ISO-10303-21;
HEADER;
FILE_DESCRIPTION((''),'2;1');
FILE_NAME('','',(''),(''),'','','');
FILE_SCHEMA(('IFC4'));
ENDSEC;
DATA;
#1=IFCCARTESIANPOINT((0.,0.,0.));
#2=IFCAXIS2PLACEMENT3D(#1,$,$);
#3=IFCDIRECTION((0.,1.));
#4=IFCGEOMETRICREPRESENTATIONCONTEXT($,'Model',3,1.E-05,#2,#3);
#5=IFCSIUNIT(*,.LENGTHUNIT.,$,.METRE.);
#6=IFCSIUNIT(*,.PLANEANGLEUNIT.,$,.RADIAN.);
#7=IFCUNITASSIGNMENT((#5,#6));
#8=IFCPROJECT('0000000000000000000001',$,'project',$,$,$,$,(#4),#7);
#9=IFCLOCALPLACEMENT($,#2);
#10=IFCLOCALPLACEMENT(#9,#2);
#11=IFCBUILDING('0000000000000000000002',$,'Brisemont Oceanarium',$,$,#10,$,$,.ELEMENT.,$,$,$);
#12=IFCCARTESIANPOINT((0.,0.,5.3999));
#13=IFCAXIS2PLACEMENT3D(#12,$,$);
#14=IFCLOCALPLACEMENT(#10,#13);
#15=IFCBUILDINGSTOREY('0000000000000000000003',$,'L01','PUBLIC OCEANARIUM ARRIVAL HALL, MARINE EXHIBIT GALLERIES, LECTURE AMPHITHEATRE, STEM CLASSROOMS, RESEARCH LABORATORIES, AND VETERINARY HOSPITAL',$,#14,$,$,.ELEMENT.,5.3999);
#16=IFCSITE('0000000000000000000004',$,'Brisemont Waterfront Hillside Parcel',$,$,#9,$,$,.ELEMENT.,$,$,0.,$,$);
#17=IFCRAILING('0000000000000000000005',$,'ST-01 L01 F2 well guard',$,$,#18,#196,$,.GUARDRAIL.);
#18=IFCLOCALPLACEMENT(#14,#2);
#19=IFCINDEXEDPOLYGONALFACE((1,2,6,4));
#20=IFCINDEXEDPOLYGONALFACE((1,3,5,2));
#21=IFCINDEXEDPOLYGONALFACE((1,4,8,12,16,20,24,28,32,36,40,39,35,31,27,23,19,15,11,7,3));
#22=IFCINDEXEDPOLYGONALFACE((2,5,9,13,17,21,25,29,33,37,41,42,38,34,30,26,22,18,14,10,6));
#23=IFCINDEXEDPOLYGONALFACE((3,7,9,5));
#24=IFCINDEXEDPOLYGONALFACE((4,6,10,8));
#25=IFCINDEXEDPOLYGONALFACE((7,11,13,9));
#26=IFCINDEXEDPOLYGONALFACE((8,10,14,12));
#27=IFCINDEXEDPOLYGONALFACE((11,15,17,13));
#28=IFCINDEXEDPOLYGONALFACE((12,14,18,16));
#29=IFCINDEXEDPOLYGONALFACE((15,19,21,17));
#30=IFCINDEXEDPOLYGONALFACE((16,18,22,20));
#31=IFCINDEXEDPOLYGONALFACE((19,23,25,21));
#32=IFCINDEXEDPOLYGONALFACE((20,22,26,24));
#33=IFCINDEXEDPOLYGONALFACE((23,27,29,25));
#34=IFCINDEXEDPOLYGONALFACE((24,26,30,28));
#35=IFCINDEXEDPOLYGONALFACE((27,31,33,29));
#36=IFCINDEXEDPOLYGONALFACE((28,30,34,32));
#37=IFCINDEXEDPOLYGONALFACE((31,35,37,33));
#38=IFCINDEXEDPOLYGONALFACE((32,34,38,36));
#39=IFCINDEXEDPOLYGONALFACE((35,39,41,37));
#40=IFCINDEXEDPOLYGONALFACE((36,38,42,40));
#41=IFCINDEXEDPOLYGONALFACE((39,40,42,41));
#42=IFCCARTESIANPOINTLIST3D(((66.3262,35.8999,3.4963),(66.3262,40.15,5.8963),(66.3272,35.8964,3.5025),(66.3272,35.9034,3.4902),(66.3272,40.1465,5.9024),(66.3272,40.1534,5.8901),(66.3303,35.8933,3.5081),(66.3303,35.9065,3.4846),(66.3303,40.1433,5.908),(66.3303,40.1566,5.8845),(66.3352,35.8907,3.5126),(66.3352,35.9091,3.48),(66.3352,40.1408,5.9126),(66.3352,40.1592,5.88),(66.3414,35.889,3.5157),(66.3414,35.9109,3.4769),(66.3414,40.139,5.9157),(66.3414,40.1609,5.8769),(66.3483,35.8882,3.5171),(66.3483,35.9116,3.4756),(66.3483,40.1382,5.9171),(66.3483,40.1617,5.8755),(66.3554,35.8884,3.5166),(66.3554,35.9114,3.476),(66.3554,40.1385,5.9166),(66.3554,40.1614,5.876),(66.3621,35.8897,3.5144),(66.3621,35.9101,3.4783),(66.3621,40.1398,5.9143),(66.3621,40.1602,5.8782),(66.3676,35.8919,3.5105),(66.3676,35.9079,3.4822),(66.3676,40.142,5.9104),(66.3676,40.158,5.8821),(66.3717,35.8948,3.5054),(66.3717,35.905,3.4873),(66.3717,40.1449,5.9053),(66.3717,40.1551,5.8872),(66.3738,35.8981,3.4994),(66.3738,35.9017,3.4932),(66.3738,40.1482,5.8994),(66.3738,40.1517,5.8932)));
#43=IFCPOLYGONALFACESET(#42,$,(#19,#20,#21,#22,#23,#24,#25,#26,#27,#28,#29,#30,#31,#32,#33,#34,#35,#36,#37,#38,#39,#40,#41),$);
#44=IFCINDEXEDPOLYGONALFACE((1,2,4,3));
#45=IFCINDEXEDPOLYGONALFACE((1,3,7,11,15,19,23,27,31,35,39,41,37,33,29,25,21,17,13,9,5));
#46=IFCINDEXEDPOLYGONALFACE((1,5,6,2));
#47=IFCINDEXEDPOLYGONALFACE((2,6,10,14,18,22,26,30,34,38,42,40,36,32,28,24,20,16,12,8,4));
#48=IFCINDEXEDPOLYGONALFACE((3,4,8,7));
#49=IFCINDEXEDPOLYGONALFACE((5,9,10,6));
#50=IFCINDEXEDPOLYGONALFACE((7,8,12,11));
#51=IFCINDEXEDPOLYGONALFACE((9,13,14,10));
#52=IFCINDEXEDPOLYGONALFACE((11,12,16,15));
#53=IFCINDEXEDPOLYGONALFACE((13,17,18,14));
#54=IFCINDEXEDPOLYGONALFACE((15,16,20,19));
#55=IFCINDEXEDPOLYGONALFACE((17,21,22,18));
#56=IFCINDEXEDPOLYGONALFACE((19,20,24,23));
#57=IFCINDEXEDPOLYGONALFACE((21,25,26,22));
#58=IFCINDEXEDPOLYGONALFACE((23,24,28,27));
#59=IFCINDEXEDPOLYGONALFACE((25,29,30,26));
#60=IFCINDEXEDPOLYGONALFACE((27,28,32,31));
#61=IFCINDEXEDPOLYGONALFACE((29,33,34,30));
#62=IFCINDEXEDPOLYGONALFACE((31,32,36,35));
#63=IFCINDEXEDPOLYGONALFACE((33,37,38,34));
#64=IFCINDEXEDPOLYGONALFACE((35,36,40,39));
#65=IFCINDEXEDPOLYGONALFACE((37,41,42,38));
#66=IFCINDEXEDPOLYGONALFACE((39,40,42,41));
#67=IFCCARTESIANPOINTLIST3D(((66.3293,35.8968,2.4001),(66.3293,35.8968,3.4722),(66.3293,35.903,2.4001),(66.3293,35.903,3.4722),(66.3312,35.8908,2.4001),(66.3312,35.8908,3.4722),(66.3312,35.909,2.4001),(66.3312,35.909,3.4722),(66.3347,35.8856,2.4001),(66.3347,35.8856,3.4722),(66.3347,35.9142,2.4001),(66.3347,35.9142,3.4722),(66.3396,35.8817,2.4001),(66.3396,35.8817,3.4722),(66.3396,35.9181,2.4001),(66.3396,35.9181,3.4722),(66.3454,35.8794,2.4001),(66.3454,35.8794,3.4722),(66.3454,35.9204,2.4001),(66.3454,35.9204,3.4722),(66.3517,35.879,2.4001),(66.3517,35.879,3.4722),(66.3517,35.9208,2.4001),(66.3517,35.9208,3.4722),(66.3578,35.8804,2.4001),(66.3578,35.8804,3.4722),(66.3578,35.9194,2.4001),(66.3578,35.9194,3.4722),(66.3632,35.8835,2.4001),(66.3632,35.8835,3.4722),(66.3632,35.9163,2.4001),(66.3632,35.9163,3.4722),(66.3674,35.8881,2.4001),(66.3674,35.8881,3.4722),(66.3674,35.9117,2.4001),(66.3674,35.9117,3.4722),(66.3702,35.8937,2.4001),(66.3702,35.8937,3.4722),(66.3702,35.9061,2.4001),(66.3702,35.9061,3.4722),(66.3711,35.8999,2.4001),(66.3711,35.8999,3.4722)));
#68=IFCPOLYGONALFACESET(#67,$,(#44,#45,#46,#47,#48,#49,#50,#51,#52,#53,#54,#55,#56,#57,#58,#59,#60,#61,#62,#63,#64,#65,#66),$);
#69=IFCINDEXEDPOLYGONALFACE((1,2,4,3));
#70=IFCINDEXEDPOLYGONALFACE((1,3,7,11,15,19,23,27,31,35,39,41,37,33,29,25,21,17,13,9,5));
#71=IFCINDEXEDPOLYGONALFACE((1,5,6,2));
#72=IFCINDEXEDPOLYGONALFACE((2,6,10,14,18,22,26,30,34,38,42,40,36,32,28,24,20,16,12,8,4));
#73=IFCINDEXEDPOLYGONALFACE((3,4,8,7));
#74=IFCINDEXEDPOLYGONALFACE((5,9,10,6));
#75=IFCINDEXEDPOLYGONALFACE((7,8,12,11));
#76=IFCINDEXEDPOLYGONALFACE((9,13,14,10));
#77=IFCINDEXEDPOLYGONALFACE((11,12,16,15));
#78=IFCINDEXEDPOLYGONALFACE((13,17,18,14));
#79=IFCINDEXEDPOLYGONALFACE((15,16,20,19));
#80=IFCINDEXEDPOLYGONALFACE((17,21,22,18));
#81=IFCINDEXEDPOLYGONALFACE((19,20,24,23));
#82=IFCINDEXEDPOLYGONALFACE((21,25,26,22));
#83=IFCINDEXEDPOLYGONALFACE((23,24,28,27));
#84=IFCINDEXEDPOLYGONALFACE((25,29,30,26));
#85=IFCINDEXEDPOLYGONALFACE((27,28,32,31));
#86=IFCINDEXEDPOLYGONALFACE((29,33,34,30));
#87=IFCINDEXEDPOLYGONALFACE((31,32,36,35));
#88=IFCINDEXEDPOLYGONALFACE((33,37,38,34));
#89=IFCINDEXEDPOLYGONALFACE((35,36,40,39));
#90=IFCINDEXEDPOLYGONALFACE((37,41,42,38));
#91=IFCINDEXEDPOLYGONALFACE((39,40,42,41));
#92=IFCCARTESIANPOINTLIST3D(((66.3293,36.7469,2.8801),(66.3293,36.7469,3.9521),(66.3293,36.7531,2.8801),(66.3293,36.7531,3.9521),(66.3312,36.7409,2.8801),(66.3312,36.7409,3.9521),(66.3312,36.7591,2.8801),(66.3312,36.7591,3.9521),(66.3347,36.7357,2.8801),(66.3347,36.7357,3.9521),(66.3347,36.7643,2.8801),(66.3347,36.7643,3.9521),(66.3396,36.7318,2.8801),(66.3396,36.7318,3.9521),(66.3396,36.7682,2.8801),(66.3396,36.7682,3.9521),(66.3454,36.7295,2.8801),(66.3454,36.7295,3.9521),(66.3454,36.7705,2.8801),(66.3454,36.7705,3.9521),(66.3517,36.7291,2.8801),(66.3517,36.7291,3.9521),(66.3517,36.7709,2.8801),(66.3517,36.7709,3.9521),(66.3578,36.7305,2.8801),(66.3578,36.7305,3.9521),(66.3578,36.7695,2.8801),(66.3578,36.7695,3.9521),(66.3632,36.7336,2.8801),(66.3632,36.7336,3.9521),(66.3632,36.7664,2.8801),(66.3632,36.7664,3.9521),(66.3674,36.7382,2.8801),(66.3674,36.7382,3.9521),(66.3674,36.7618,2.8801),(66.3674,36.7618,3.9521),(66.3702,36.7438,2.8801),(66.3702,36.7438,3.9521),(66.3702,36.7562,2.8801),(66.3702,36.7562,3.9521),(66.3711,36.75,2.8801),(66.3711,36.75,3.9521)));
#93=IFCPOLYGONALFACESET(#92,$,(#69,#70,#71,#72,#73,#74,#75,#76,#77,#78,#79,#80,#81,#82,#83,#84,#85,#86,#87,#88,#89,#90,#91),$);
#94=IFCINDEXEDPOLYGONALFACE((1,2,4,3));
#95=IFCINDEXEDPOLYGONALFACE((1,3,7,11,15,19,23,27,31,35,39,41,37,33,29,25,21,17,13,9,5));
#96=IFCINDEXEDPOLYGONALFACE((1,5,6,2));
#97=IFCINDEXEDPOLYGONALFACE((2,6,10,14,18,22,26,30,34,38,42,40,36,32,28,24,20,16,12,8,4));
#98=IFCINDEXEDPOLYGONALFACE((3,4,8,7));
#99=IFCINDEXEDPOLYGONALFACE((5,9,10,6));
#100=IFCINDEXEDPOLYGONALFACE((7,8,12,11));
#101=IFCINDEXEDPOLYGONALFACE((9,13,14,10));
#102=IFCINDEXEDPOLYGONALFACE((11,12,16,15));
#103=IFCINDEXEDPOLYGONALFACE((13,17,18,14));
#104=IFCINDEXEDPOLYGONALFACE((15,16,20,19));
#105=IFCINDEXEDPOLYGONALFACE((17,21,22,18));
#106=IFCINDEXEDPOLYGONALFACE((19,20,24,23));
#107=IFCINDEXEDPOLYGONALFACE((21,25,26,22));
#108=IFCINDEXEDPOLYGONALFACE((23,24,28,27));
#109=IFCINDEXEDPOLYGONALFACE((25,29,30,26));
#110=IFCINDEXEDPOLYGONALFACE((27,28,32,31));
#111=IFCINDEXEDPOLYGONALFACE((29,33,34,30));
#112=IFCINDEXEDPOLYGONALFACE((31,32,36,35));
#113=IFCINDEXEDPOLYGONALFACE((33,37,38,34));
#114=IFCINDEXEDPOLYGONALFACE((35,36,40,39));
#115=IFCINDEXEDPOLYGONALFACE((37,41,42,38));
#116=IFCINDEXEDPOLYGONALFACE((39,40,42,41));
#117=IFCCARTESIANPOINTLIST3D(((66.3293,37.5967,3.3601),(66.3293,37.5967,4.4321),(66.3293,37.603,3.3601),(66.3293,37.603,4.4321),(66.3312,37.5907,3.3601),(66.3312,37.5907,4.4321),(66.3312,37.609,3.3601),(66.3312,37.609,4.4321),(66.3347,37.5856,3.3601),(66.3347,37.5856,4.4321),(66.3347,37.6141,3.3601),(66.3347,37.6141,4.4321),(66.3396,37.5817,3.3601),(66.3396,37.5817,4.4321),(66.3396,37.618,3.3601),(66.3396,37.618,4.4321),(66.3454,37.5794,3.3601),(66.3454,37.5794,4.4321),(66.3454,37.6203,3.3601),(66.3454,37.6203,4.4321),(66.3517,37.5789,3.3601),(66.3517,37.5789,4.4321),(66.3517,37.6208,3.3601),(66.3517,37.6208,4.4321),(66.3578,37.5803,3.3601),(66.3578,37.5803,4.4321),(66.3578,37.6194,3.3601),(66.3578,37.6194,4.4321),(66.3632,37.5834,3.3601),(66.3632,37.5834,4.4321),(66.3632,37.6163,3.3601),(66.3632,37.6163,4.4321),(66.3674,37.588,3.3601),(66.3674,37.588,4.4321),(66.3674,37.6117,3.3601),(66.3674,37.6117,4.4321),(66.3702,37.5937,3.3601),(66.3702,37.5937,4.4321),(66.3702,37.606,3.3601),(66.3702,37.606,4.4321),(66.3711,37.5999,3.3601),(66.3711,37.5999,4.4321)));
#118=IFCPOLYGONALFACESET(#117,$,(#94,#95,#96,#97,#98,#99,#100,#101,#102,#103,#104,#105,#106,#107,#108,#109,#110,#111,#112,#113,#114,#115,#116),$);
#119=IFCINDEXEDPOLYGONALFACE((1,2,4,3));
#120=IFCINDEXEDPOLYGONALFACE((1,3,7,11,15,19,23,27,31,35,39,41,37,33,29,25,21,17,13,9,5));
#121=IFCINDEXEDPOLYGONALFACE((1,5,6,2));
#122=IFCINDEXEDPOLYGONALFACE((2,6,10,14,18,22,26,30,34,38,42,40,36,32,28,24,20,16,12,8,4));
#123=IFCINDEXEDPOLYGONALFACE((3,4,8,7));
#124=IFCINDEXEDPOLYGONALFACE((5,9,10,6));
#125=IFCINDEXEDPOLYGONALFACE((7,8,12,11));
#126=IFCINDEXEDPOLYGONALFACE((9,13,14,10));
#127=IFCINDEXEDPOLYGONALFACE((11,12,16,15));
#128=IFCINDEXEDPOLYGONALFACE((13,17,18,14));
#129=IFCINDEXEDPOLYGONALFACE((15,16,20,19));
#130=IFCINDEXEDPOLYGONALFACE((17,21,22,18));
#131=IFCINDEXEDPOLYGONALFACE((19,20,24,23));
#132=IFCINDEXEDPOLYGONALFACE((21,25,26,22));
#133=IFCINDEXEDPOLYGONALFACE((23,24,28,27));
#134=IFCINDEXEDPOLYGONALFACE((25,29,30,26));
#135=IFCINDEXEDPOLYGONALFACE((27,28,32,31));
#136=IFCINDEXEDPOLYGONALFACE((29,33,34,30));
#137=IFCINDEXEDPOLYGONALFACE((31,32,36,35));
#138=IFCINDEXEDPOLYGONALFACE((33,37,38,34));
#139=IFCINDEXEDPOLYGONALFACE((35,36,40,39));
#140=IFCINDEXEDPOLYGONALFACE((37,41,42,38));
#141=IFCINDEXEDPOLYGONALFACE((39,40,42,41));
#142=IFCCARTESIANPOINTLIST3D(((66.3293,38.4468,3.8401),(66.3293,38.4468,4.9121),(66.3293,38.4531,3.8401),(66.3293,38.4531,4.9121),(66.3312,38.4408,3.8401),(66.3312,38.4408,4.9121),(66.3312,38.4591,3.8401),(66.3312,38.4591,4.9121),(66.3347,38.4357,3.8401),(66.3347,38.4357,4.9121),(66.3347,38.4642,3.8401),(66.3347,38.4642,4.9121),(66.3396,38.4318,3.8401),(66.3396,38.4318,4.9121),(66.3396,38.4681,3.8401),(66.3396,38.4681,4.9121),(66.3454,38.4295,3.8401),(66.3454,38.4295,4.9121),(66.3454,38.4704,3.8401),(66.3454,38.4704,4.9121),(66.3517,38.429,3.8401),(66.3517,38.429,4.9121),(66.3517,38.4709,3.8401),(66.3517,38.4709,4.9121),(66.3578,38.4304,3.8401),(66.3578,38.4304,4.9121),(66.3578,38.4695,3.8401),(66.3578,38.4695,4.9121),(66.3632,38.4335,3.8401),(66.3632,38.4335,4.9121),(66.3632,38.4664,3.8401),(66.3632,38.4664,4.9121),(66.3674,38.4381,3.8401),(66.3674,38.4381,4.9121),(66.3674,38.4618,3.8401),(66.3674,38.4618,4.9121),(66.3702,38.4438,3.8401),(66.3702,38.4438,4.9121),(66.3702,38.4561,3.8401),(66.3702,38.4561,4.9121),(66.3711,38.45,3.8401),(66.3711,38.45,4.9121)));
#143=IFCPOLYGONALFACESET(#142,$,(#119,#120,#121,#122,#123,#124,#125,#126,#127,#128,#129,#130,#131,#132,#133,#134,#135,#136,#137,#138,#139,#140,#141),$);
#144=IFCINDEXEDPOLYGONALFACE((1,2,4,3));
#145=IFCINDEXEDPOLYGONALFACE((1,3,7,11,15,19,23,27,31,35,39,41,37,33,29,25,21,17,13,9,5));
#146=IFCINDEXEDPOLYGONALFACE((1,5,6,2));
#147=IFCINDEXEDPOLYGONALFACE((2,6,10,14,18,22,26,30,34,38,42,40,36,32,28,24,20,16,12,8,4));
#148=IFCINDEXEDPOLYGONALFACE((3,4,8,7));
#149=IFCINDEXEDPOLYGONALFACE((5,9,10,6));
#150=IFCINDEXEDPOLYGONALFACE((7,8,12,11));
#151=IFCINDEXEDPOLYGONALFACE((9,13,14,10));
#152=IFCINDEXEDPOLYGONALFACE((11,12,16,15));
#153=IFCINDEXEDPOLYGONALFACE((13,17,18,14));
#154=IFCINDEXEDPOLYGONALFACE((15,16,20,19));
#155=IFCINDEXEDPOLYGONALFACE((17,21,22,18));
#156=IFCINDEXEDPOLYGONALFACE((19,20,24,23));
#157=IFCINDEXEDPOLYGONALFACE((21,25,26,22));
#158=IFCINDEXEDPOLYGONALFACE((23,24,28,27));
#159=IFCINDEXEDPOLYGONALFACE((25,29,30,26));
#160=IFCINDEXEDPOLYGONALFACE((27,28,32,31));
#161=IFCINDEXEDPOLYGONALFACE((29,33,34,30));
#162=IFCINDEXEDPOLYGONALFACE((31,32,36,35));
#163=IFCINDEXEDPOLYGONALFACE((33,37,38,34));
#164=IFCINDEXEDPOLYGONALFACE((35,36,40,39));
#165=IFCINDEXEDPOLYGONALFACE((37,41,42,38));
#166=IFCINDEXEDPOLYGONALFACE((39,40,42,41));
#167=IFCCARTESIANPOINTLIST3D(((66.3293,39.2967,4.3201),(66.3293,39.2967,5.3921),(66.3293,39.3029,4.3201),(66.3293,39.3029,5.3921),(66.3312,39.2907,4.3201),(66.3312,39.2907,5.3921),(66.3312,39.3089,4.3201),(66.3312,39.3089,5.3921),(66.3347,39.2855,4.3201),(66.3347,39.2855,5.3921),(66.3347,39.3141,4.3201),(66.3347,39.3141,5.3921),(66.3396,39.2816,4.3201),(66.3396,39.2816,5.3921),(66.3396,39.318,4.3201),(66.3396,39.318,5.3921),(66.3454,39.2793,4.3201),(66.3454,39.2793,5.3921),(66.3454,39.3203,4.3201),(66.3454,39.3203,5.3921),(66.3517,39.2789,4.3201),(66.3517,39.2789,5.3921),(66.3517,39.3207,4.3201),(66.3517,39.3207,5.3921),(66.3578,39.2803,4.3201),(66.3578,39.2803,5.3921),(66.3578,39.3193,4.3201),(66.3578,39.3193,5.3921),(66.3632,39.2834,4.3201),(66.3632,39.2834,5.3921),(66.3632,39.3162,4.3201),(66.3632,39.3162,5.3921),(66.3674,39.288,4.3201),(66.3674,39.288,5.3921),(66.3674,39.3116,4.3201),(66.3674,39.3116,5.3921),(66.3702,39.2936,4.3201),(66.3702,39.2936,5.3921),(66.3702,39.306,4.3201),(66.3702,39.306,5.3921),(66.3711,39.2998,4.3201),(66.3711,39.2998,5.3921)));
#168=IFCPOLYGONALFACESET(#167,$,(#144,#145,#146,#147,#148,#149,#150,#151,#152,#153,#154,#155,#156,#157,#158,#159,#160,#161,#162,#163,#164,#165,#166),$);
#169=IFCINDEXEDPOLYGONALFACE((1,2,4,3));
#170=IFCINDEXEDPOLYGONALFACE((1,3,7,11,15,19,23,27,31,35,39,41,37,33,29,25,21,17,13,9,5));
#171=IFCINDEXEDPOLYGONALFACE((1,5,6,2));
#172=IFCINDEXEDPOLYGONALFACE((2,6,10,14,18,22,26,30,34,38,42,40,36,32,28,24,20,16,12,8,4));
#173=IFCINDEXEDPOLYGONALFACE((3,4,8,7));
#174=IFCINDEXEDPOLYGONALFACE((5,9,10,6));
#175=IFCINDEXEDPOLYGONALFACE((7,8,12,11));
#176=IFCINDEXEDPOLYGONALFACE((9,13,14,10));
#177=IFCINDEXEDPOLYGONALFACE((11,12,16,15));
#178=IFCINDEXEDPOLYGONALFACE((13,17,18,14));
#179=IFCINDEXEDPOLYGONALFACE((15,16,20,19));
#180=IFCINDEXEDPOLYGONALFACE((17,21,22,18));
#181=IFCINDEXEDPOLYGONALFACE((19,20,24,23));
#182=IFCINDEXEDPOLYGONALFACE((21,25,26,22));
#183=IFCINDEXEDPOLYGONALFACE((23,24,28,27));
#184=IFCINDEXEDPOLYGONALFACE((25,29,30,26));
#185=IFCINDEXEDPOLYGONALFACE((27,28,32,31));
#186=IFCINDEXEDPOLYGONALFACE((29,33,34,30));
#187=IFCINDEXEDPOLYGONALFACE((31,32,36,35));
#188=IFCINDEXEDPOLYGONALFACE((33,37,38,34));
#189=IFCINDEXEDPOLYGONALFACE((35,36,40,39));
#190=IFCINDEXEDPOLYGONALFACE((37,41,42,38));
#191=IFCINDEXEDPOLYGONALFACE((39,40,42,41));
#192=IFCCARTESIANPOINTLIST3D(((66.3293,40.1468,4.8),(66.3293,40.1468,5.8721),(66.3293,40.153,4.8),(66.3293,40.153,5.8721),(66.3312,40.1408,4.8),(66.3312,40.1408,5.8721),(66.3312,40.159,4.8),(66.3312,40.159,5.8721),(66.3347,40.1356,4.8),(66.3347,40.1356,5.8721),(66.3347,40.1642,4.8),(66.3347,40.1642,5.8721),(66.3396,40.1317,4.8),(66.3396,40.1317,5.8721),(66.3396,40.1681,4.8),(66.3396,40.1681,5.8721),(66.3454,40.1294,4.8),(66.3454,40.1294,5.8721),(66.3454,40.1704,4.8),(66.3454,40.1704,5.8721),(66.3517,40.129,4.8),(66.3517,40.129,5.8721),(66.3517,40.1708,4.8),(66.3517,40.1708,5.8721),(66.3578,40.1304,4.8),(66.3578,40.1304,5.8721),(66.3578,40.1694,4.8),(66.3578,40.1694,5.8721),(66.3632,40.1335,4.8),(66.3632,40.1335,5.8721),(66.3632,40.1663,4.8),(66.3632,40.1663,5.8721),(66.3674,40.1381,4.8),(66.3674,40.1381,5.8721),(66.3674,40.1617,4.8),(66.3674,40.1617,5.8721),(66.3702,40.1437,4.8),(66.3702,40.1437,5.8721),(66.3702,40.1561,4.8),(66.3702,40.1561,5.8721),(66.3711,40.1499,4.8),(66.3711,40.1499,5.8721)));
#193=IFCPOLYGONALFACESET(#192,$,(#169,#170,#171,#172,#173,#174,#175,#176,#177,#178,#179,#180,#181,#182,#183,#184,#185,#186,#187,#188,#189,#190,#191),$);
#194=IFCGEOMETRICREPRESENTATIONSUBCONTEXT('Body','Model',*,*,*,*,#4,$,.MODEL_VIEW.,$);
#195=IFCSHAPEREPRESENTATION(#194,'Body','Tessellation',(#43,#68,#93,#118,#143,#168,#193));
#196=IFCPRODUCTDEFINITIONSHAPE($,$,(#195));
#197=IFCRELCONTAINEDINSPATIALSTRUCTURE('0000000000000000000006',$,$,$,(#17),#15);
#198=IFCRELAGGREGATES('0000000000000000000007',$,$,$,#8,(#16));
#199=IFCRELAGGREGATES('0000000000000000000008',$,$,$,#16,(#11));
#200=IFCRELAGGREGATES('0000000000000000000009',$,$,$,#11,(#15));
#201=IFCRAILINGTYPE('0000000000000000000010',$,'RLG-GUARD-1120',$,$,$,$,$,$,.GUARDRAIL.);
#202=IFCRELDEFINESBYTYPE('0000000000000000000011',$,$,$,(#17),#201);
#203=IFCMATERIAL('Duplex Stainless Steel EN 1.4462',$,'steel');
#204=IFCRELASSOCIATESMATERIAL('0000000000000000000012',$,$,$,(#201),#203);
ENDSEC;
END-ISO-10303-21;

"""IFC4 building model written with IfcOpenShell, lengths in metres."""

from ifc_helpers import new_model, si_unit, direction, frame, origin, origin_2d, place, context, subcontext, project, spatial, circle, extrude, material, type_object, element, save


model = new_model("IFC4")

# Units and contexts
model_context = context("Model", 3, precision=1e-05, world=origin(), true_north=direction((0.0, 1.0)))
body_context = subcontext(model_context, "Body", "Model", "MODEL_VIEW")
ifc_project = project(units=[si_unit("LENGTHUNIT", "METRE"), si_unit("PLANEANGLEUNIT", "RADIAN")], contexts=[model_context])

# Site, building, storey
site_placement = place(None, origin())
site = spatial("IfcSite", under=ifc_project, at=site_placement, Name="Brisemont Waterfront Hillside Parcel", CompositionType="ELEMENT", RefElevation=0.0)
building_placement = place(site_placement, origin())
building = spatial("IfcBuilding", under=site, at=building_placement, Name="Brisemont Oceanarium", CompositionType="ELEMENT")
storey_placement = place(building_placement, frame((0.0, 0.0, 5.3999)))
storey = spatial("IfcBuildingStorey", under=building, at=storey_placement, Name="L01", Description="PUBLIC OCEANARIUM ARRIVAL HALL, MARINE EXHIBIT GALLERIES, LECTURE AMPHITHEATRE, STEM CLASSROOMS, RESEARCH LABORATORIES, AND VETERINARY HOSPITAL", CompositionType="ELEMENT", Elevation=5.3999)

# Railing
ifc_material_1 = material(Name="Duplex Stainless Steel EN 1.4462", Category="steel")
railing_type_1 = type_object("IfcRailingType", Name="RLG-GUARD-1120", PredefinedType="GUARDRAIL", material=ifc_material_1)
railing_1_placement = place(storey_placement, frame((66.3501, 35.8999, 2.4001)))
element("IfcRailing", 1, at=railing_1_placement, inside=storey, type_object=railing_type_1, Name="ST-01 L01 F2 well guard", PredefinedType="GUARDRAIL", context=body_context, shape_type="SweptSolid", body=[
    extrude(circle(Radius=0.0239, at=origin_2d()), frame((0.0, 0.0, 1.0962), z_axis=(0.0, 0.870762, 0.491704), x_axis=(-1.0, 0.0, 0.0)), (0.0, 0.0, 1.0), 4.8809),
    extrude(circle(Radius=0.021, at=origin_2d()), origin(), (0.0, 0.0, 1.0), 1.072),
    extrude(circle(Radius=0.021, at=origin_2d()), frame((0.0, 0.8501, 0.48)), (0.0, 0.0, 1.0), 1.072),
    extrude(circle(Radius=0.021, at=origin_2d()), frame((0.0, 1.7, 0.96)), (0.0, 0.0, 1.0), 1.072),
    extrude(circle(Radius=0.021, at=origin_2d()), frame((0.0, 2.55, 1.4399)), (0.0, 0.0, 1.0), 1.072),
    extrude(circle(Radius=0.021, at=origin_2d()), frame((0.0, 3.3999, 1.9199)), (0.0, 0.0, 1.0), 1.072),
    extrude(circle(Radius=0.021, at=origin_2d()), frame((0.0, 4.25, 2.3999)), (0.0, 0.0, 1.0), 1.072),
])

save(model, "model.ifc")
